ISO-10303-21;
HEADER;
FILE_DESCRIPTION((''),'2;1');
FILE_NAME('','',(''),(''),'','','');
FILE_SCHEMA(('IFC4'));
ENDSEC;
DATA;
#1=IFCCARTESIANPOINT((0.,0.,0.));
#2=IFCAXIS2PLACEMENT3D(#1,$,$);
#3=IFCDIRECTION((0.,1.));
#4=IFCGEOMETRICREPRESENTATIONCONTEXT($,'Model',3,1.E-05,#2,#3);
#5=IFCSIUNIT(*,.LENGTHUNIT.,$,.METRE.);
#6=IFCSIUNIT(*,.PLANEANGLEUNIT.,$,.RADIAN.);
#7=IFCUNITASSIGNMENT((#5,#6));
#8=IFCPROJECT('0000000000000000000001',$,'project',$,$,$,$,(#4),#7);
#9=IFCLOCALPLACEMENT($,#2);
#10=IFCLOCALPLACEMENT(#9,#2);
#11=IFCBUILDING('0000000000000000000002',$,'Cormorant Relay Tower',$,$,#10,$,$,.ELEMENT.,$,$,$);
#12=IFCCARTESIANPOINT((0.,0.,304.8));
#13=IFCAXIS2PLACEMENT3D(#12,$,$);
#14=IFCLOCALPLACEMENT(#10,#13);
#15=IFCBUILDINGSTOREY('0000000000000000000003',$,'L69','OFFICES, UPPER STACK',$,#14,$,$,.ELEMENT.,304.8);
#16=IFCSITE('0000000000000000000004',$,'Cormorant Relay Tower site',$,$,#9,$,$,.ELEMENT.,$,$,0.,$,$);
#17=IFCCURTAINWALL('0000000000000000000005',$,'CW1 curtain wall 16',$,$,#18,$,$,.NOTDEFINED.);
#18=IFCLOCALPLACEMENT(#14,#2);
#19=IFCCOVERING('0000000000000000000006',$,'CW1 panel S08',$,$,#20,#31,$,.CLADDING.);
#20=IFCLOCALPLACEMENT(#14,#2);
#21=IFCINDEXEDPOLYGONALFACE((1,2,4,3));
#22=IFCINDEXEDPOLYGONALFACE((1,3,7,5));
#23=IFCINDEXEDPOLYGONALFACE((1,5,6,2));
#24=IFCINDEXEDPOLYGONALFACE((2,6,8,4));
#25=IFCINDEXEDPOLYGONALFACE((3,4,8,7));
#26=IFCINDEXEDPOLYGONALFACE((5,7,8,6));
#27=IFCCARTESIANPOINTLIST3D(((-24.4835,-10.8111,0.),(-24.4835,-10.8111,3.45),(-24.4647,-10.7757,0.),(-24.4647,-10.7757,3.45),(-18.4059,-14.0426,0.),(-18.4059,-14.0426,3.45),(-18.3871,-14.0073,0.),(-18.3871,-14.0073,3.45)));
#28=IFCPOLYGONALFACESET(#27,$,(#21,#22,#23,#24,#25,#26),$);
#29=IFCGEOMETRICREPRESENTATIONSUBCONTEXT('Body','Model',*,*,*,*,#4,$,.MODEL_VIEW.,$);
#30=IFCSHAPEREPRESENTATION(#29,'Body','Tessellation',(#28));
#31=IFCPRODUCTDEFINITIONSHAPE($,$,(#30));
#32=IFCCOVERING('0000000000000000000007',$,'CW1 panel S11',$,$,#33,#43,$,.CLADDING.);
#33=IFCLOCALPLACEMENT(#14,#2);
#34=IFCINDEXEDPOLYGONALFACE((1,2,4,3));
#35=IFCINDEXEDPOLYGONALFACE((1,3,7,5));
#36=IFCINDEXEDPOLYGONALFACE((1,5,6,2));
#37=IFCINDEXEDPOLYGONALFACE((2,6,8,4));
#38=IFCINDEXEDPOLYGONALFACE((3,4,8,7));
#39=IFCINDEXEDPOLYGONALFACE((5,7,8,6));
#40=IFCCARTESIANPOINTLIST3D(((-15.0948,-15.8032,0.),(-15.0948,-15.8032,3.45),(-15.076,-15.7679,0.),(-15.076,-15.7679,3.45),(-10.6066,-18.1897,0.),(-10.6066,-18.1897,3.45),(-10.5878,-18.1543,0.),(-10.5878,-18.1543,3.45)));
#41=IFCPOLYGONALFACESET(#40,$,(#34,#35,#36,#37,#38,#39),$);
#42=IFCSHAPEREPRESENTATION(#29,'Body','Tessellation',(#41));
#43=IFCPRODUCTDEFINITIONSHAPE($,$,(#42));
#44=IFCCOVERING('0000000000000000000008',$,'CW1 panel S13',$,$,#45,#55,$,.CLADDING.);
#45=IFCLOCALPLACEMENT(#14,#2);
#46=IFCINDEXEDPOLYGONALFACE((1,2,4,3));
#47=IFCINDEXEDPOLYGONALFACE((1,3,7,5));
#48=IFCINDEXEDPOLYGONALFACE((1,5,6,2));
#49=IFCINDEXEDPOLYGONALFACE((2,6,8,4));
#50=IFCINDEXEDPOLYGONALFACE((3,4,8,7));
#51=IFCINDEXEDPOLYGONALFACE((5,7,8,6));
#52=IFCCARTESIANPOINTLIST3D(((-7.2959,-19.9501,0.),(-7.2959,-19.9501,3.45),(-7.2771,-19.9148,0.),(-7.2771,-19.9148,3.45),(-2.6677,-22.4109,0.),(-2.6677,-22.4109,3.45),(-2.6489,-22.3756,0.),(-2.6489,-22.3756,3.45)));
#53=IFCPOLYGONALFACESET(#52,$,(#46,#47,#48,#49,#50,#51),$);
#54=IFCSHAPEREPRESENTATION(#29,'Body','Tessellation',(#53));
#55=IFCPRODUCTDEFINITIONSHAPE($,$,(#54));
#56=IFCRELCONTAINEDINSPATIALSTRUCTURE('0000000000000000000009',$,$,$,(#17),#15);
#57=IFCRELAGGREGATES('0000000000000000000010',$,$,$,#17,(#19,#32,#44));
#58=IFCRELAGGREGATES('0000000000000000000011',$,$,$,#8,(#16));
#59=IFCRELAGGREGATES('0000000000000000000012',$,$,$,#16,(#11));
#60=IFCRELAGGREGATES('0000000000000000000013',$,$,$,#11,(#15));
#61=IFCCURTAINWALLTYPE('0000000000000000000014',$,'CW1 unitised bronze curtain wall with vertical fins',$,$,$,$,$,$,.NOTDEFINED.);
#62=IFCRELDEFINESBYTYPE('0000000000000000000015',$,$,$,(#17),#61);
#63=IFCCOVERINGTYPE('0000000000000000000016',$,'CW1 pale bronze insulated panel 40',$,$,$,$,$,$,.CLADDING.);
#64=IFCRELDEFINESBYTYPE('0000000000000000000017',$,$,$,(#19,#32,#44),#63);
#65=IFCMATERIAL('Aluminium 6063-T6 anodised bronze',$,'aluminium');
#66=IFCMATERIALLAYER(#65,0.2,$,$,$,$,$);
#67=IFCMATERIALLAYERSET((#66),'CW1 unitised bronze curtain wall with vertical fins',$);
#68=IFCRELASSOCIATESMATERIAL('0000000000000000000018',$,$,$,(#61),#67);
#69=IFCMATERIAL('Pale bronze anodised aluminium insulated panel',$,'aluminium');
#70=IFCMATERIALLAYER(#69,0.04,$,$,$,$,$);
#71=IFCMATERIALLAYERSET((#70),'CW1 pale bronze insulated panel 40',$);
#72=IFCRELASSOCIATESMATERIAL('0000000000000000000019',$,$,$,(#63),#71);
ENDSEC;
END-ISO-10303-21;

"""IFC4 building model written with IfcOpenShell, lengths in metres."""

from ifc_helpers import new_model, si_unit, direction, frame, origin, origin_2d, place, context, subcontext, project, spatial, rectangle, extrude, material, layer, layer_set, type_object, element, aggregate, save


model = new_model("IFC4")

# Units and contexts
model_context = context("Model", 3, precision=1e-05, world=origin(), true_north=direction((0.0, 1.0)))
body_context = subcontext(model_context, "Body", "Model", "MODEL_VIEW")
ifc_project = project(units=[si_unit("LENGTHUNIT", "METRE"), si_unit("PLANEANGLEUNIT", "RADIAN")], contexts=[model_context])

# Site, building, storey
site_placement = place(None, origin())
site = spatial("IfcSite", under=ifc_project, at=site_placement, Name="Cormorant Relay Tower site", CompositionType="ELEMENT", RefElevation=0.0)
building_placement = place(site_placement, origin())
building = spatial("IfcBuilding", under=site, at=building_placement, Name="Cormorant Relay Tower", CompositionType="ELEMENT")
storey_placement = place(building_placement, frame((0.0, 0.0, 304.8)))
storey = spatial("IfcBuildingStorey", under=building, at=storey_placement, Name="L69", Description="OFFICES, UPPER STACK", CompositionType="ELEMENT", Elevation=304.8)

# Curtain wall
ifc_material_1 = material(Name="Aluminium 6063-T6 anodised bronze", Category="aluminium")
ifc_layer_1 = layer(ifc_material_1, 0.2)
ifc_layer_set_1 = layer_set([ifc_layer_1], Name="CW1 unitised bronze curtain wall with vertical fins")
curtain_wall_type = type_object("IfcCurtainWallType", Name="CW1 unitised bronze curtain wall with vertical fins", PredefinedType="NOTDEFINED", material=ifc_layer_set_1)
curtain_wall_placement = place(storey_placement, origin())
curtain_wall = element("IfcCurtainWall", 1, at=curtain_wall_placement, inside=storey, type_object=curtain_wall_type, Name="CW1 curtain wall 16", PredefinedType="NOTDEFINED")

# Coverings
ifc_material_2 = material(Name="Pale bronze anodised aluminium insulated panel", Category="aluminium")
ifc_layer_2 = layer(ifc_material_2, 0.04)
ifc_layer_set_2 = layer_set([ifc_layer_2], Name="CW1 pale bronze insulated panel 40")
covering_type = type_object("IfcCoveringType", Name="CW1 pale bronze insulated panel 40", PredefinedType="CLADDING", material=ifc_layer_set_2)
covering_1_placement = place(storey_placement, frame((-21.4353, -12.4092, 0.0), z_axis=(0.0, 0.0, 1.0), x_axis=(0.882948, -0.469472, 0.0)))
covering_1 = element("IfcCovering", 2, at=covering_1_placement, type_object=covering_type, Name="CW1 panel S08", PredefinedType="CLADDING", context=body_context, shape_type="SweptSolid", body=[
    extrude(rectangle(XDim=6.8833, YDim=0.04, at=origin_2d()), origin(), (0.0, 0.0, 1.0), 3.45),
])
covering_2_placement = place(storey_placement, frame((-12.8413, -16.9788, 0.0), z_axis=(0.0, 0.0, 1.0), x_axis=(0.882948, -0.469472, 0.0)))
covering_2 = element("IfcCovering", 3, at=covering_2_placement, type_object=covering_type, Name="CW1 panel S11", PredefinedType="CLADDING", context=body_context, shape_type="SweptSolid", body=[
    extrude(rectangle(XDim=5.0833, YDim=0.04, at=origin_2d()), origin(), (0.0, 0.0, 1.0), 3.45),
])
covering_3_placement = place(storey_placement, frame((-4.9724, -21.1628, 0.0), z_axis=(0.0, 0.0, 1.0), x_axis=(0.882948, -0.469472, 0.0)))
covering_3 = element("IfcCovering", 4, at=covering_3_placement, type_object=covering_type, Name="CW1 panel S13", PredefinedType="CLADDING", context=body_context, shape_type="SweptSolid", body=[
    extrude(rectangle(XDim=5.2417, YDim=0.04, at=origin_2d()), origin(), (0.0, 0.0, 1.0), 3.45),
])
aggregate(curtain_wall, [covering_1, covering_2, covering_3])

save(model, "model.ifc")
